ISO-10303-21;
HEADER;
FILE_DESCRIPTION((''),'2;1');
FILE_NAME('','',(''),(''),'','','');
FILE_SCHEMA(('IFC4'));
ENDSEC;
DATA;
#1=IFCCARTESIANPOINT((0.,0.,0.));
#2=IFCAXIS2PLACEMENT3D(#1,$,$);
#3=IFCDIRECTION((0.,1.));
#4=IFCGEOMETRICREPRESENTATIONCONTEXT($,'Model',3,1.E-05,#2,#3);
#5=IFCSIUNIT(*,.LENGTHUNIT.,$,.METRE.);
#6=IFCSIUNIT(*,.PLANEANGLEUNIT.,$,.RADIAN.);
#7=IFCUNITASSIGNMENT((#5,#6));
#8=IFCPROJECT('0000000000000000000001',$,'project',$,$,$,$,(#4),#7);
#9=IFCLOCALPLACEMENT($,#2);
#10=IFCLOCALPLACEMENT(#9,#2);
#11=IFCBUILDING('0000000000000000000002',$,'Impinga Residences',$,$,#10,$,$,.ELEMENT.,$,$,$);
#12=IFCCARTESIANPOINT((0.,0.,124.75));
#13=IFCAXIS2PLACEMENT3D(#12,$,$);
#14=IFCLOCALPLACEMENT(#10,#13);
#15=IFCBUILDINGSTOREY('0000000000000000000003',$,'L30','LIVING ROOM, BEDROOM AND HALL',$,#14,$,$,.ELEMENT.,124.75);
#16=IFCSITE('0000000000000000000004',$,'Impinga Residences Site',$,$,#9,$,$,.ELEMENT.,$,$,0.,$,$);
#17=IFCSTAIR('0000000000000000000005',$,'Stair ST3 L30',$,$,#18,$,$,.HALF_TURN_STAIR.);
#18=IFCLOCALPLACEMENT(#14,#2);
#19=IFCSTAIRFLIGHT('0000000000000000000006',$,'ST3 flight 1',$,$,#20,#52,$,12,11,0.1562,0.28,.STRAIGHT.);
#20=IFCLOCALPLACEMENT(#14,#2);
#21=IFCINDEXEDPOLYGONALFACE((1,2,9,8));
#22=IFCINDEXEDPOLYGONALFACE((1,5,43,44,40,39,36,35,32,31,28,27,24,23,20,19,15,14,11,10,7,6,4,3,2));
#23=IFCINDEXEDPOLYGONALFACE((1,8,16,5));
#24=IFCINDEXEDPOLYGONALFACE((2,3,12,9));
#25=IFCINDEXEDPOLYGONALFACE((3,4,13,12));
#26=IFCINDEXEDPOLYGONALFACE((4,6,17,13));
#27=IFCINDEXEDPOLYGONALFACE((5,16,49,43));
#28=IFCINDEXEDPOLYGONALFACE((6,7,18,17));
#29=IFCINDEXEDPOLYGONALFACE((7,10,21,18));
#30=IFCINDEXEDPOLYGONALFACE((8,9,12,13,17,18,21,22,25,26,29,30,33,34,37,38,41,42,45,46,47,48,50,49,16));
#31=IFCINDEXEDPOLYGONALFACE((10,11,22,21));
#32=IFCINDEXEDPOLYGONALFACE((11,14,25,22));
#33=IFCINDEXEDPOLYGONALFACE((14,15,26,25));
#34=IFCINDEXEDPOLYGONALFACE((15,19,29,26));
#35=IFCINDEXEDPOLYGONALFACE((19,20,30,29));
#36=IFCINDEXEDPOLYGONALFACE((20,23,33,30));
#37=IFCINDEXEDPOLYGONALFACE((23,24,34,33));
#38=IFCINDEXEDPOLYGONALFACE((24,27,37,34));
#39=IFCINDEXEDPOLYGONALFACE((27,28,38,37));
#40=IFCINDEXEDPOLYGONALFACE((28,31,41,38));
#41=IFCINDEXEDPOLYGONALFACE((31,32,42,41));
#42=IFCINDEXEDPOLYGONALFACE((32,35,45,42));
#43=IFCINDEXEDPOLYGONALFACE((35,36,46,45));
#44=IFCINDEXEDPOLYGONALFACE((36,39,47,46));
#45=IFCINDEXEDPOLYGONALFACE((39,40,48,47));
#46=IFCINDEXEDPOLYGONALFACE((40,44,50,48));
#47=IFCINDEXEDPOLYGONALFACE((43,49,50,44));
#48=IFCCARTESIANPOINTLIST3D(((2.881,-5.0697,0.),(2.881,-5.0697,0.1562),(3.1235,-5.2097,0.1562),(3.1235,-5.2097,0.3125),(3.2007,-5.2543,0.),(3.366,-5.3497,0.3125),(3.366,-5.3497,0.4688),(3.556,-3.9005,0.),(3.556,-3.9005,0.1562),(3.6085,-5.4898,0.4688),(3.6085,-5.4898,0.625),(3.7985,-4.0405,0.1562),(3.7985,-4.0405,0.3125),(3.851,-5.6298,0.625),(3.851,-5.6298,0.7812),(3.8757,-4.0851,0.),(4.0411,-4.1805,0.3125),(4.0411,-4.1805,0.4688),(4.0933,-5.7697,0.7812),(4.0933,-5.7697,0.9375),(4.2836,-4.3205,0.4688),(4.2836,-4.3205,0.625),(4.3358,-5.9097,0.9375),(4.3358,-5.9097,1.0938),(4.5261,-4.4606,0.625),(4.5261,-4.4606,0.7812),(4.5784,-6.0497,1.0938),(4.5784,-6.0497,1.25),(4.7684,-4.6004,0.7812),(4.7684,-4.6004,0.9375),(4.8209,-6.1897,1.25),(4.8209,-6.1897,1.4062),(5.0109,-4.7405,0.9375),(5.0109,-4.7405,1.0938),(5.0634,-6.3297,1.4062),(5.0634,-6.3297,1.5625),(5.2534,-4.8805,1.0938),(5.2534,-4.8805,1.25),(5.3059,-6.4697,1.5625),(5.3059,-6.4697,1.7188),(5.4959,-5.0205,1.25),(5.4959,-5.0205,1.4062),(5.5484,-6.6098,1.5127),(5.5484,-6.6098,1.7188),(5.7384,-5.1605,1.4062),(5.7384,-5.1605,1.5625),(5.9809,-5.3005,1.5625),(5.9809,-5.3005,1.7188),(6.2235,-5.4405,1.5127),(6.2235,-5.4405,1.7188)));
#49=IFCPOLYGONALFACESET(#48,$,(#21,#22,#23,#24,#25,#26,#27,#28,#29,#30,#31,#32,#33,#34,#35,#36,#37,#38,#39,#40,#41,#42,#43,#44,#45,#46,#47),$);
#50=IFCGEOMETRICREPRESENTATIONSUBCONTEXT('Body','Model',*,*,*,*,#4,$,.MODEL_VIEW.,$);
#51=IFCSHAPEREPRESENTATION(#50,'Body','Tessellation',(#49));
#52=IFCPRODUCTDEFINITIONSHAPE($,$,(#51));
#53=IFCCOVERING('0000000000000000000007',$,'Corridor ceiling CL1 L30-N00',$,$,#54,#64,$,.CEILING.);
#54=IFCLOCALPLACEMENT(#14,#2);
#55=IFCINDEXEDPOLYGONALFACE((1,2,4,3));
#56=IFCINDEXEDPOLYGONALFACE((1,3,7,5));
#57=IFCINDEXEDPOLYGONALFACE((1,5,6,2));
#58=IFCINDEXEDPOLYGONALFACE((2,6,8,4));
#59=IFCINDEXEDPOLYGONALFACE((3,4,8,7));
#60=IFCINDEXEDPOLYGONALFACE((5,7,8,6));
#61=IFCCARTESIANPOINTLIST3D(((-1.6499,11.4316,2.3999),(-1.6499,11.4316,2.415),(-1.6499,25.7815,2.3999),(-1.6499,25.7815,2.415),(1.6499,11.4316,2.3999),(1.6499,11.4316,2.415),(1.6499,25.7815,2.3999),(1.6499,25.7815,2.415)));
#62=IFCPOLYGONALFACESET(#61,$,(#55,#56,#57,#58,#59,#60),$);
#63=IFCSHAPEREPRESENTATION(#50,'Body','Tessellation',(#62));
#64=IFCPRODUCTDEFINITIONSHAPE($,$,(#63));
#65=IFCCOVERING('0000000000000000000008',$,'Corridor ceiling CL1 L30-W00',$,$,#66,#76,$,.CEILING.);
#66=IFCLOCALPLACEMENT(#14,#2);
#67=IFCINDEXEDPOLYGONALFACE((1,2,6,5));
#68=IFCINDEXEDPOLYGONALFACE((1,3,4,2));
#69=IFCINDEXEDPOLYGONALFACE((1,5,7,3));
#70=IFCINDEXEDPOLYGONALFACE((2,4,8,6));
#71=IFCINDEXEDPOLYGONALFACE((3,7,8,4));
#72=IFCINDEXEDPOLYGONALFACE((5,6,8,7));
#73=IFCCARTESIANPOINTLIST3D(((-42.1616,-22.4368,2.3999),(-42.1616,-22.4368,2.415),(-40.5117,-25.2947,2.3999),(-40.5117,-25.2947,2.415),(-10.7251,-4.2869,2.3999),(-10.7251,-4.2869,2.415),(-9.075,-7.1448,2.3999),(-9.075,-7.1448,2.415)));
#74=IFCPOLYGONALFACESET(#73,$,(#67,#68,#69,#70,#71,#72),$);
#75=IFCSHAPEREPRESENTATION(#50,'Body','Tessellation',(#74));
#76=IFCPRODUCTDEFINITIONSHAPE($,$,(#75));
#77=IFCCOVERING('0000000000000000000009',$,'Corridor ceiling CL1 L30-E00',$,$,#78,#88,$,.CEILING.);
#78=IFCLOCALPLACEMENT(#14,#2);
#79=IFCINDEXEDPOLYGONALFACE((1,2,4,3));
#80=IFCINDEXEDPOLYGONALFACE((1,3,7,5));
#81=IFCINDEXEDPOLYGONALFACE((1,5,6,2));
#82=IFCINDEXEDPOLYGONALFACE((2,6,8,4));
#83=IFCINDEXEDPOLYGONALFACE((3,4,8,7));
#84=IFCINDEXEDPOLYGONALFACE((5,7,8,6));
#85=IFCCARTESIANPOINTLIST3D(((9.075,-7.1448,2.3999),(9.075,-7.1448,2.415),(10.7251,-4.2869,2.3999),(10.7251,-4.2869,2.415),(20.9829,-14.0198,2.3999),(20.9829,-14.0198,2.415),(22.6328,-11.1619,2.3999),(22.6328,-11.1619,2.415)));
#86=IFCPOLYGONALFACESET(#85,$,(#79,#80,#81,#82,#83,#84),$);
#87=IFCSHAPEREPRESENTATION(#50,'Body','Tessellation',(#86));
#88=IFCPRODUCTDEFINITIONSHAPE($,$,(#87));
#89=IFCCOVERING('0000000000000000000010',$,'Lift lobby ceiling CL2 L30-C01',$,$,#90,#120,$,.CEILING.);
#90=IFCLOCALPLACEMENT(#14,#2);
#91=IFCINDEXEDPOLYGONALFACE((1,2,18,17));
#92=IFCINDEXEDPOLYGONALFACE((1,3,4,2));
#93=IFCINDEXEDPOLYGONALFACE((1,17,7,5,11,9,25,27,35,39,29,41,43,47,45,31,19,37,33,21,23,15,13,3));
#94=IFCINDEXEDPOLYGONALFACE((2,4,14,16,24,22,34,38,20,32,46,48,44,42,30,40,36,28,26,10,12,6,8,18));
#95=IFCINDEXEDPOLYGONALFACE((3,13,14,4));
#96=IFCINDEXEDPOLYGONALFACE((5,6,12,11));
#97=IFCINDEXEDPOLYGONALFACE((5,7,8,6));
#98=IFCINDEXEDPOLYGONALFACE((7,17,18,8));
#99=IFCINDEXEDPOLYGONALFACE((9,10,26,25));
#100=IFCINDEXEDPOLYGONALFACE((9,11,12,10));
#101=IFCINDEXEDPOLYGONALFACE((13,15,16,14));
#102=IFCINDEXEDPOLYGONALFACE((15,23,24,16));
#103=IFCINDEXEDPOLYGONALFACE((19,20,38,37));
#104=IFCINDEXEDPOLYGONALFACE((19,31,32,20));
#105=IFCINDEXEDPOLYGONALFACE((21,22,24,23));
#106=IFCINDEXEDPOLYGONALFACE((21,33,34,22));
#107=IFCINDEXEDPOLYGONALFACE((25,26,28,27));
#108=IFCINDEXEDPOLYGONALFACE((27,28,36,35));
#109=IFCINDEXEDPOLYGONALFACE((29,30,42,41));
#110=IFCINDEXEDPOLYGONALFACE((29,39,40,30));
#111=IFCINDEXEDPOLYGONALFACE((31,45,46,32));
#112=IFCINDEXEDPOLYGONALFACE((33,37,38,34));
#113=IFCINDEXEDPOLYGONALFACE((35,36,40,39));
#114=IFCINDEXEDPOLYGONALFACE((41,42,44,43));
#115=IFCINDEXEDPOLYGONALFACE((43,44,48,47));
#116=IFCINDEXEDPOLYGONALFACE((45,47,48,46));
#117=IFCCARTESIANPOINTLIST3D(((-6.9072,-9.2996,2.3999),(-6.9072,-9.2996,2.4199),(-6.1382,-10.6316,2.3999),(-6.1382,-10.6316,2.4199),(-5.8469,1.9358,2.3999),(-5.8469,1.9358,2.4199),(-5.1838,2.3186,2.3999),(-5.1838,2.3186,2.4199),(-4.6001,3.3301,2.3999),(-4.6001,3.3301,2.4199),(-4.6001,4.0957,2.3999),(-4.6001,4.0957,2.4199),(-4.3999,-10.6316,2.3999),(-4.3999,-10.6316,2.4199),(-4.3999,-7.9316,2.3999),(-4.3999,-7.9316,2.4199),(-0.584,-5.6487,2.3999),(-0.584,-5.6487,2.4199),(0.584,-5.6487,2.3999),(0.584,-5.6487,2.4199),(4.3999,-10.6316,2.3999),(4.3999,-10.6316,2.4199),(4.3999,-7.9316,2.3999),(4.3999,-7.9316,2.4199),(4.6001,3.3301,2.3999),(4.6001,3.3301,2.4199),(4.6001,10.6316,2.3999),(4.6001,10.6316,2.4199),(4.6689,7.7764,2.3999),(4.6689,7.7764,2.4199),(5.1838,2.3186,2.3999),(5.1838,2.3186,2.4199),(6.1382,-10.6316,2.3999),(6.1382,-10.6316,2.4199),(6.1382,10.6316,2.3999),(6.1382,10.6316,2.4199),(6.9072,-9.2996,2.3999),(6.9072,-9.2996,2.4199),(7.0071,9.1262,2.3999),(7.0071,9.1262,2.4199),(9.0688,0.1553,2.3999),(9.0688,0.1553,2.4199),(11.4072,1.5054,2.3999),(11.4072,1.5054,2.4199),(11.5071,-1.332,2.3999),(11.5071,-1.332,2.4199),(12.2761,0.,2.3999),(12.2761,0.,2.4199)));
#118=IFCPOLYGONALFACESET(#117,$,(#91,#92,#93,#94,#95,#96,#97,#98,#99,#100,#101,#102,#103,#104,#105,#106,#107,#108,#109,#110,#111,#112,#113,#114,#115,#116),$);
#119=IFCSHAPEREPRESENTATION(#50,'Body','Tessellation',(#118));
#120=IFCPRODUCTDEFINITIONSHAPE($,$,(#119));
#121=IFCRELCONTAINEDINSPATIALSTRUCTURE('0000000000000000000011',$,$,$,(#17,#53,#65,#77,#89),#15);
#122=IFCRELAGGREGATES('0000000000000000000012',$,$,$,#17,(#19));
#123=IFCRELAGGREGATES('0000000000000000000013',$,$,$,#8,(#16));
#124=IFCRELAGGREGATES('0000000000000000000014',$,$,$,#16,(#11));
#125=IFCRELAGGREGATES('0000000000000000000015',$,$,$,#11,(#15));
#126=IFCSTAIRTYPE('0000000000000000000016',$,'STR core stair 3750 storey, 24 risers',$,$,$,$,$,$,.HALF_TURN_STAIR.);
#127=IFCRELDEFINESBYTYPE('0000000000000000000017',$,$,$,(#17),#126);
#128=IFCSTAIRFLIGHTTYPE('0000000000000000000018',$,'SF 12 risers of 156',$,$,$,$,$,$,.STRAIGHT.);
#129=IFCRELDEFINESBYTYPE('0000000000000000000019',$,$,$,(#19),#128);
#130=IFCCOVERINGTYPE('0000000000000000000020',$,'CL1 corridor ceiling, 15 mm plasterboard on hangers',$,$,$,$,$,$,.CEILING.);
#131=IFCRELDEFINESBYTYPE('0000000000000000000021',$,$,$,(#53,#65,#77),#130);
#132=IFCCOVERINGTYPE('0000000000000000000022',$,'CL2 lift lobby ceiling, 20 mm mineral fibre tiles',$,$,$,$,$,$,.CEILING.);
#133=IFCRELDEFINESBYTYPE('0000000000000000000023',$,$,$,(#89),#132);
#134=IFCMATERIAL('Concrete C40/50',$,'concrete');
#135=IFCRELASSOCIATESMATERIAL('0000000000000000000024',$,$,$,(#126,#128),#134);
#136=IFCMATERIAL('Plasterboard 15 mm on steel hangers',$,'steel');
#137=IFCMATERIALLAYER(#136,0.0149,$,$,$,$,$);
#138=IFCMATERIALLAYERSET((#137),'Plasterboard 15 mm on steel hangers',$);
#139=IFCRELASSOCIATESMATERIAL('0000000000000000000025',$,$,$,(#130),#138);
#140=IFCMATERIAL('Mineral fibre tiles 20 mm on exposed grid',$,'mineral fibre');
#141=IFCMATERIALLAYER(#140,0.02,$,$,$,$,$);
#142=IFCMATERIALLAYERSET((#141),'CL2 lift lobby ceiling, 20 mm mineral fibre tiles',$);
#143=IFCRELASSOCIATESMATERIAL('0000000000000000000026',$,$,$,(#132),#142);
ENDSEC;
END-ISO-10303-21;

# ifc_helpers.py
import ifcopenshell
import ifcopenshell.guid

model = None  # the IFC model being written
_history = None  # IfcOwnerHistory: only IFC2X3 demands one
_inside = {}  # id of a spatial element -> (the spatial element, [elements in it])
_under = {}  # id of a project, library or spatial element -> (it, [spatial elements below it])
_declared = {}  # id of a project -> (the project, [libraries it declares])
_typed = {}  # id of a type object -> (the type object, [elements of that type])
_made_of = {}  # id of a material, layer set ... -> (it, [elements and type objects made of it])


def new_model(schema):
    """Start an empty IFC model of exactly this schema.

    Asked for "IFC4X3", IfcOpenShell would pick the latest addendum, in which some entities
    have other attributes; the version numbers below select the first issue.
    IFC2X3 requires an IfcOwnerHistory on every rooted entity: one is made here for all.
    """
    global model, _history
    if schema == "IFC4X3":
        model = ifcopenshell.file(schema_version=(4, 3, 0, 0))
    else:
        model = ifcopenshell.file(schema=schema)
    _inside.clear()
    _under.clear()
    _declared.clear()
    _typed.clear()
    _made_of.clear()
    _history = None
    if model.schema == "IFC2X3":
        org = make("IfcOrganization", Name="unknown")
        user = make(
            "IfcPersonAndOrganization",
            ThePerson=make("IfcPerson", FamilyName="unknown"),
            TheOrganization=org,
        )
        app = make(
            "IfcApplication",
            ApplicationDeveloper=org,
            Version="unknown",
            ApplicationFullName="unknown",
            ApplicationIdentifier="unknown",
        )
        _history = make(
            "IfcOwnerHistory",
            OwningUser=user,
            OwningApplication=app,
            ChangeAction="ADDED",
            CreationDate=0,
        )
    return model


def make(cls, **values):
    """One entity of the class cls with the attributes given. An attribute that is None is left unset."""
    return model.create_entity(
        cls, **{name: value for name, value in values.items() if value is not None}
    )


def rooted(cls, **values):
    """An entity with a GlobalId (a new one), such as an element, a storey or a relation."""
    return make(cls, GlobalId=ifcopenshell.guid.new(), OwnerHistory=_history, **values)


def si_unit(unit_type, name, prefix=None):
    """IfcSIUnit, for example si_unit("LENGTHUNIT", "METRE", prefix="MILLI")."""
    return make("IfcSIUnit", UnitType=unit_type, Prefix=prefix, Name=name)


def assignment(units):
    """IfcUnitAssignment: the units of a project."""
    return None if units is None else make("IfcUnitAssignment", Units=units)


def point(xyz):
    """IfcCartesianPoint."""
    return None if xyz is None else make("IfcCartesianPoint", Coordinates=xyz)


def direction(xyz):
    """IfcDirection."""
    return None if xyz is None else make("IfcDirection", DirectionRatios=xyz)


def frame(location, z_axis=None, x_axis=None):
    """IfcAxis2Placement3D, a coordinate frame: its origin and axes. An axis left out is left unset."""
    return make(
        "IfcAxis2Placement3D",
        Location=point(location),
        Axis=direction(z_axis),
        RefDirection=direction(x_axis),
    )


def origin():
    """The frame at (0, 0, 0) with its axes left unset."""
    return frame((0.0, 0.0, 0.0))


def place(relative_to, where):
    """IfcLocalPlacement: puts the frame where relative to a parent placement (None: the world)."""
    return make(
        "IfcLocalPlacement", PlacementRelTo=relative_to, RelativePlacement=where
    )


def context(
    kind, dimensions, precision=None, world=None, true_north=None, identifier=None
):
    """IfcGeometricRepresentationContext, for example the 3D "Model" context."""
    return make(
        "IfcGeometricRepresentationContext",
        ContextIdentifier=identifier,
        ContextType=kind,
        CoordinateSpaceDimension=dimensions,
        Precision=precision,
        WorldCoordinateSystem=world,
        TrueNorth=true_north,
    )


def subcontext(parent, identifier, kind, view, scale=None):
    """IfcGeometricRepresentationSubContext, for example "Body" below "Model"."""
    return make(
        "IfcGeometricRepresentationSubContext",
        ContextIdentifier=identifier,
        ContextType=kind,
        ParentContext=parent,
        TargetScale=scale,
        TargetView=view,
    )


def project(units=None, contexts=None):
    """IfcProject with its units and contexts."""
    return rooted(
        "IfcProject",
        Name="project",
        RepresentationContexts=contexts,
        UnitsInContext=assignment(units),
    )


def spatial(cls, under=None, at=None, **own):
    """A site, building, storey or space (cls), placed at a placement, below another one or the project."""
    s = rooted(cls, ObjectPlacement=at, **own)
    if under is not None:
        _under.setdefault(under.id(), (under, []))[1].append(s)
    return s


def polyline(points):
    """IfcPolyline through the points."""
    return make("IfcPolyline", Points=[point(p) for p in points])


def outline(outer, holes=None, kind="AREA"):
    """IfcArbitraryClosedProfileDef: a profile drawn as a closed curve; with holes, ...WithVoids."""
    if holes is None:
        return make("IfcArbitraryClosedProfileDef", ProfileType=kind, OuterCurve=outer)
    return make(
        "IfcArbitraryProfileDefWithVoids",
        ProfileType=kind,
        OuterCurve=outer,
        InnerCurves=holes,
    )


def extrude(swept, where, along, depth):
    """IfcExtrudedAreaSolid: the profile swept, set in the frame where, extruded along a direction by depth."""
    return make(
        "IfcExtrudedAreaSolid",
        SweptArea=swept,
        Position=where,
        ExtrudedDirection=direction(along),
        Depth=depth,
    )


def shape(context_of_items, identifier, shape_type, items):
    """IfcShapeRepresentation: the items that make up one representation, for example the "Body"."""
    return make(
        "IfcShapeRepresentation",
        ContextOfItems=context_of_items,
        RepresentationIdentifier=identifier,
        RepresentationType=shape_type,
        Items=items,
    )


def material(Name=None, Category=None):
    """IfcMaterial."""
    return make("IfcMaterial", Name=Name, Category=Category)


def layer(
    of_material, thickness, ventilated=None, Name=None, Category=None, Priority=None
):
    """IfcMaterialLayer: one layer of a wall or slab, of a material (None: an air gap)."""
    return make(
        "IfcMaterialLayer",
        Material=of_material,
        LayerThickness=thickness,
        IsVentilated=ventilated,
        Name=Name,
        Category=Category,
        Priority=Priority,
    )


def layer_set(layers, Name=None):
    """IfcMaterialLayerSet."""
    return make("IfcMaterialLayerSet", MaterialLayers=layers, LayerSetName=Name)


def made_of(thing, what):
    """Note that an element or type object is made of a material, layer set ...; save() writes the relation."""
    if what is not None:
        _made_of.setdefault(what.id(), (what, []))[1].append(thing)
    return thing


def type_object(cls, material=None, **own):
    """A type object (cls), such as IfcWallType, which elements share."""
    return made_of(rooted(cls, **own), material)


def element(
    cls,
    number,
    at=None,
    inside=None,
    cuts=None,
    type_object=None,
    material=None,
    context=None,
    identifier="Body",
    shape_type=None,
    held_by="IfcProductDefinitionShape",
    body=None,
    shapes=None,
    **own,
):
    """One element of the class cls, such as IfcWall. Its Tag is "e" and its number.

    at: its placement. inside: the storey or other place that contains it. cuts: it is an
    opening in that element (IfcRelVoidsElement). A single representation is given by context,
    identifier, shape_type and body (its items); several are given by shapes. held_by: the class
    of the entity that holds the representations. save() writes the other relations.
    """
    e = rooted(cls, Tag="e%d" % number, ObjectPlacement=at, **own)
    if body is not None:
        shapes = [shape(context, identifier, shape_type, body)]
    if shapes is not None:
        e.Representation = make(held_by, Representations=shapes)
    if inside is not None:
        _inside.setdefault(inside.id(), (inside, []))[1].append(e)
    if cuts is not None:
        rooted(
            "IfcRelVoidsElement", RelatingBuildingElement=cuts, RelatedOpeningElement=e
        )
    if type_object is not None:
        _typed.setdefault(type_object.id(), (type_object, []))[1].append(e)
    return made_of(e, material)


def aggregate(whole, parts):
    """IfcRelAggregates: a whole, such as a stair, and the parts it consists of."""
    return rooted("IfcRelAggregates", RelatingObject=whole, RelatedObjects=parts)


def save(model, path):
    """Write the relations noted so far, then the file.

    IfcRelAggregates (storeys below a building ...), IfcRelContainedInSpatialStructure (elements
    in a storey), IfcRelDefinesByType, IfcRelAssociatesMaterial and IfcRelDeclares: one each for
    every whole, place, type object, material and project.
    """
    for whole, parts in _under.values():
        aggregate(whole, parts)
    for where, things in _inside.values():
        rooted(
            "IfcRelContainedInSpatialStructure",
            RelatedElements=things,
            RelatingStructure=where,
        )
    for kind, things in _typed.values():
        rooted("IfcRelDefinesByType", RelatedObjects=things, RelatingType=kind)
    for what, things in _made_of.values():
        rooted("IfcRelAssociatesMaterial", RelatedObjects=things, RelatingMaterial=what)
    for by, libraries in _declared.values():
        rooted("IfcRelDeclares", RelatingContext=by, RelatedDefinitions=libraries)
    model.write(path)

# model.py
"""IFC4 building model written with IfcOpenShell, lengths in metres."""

from ifc_helpers import new_model, si_unit, direction, frame, origin, place, context, subcontext, project, spatial, polyline, outline, extrude, material, layer, layer_set, type_object, element, aggregate, save


model = new_model("IFC4")

# Units and contexts
model_context = context("Model", 3, precision=1e-05, world=origin(), true_north=direction((0.0, 1.0)))
body_context = subcontext(model_context, "Body", "Model", "MODEL_VIEW")
ifc_project = project(units=[si_unit("LENGTHUNIT", "METRE"), si_unit("PLANEANGLEUNIT", "RADIAN")], contexts=[model_context])

# Site, building, storey
site_placement = place(None, origin())
site = spatial("IfcSite", under=ifc_project, at=site_placement, Name="Impinga Residences Site", CompositionType="ELEMENT", RefElevation=0.0)
building_placement = place(site_placement, origin())
building = spatial("IfcBuilding", under=site, at=building_placement, Name="Impinga Residences", CompositionType="ELEMENT")
storey_placement = place(building_placement, frame((0.0, 0.0, 124.75)))
storey = spatial("IfcBuildingStorey", under=building, at=storey_placement, Name="L30", Description="LIVING ROOM, BEDROOM AND HALL", CompositionType="ELEMENT", Elevation=124.75)

# Shared definitions
ifc_material_1 = material(Name="Concrete C40/50", Category="concrete")

# Shared definitions
stair_type_1 = type_object("IfcStairType", Name="STR core stair 3750 storey, 24 risers", PredefinedType="HALF_TURN_STAIR", material=ifc_material_1)
stair_flight_type = type_object("IfcStairFlightType", Name="SF 12 risers of 156", PredefinedType="STRAIGHT", material=ifc_material_1)

# Stair, stair flight
stair_1_placement = place(storey_placement, origin())
stair_1 = element("IfcStair", 1, at=stair_1_placement, inside=storey, type_object=stair_type_1, Name="Stair ST3 L30", PredefinedType="HALF_TURN_STAIR")
stair_flight_1_placement = place(storey_placement, frame((3.2185, -4.4851, 0.0), z_axis=(0.0, 0.0, 1.0), x_axis=(0.866025, -0.5, 0.0)))
stair_flight_1 = element("IfcStairFlight", 2, at=stair_flight_1_placement, type_object=stair_flight_type, Name="ST3 flight 1", NumberOfRisers=12, NumberOfTreads=11, PredefinedType="STRAIGHT", RiserHeight=0.1562, TreadLength=0.28, context=body_context, shape_type="SweptSolid", body=[
    extrude(outline(polyline([(0.0, 0.0), (0.0, 0.1562), (0.28, 0.1562), (0.28, 0.3125), (0.5601, 0.3125), (0.5601, 0.4688), (0.8401, 0.4688), (0.8401, 0.625), (1.1201, 0.625), (1.1201, 0.7812), (1.3999, 0.7812), (1.3999, 0.9375), (1.6799, 0.9375), (1.6799, 1.0938), (1.96, 1.0938), (1.96, 1.25), (2.24, 1.25), (2.24, 1.4062), (2.52, 1.4062), (2.52, 1.5625), (2.8, 1.5625), (2.8, 1.7188), (3.0801, 1.7188), (3.0801, 1.875), (3.0801, 1.5127), (0.3691, 0.0), (0.0, 0.0)])), frame((0.0, 0.675, 0.0), z_axis=(0.0, -1.0, 0.0), x_axis=(1.0, 0.0, 0.0)), (0.0, 0.0, 1.0), 1.3501),
])
aggregate(stair_1, [stair_flight_1])

# Coverings
ifc_material_2 = material(Name="Plasterboard 15 mm on steel hangers", Category="steel")
ifc_layer_1 = layer(ifc_material_2, 0.0149)
ifc_layer_set_1 = layer_set([ifc_layer_1], Name="Plasterboard 15 mm on steel hangers")
covering_type_1 = type_object("IfcCoveringType", Name="CL1 corridor ceiling, 15 mm plasterboard on hangers", PredefinedType="CEILING", material=ifc_layer_set_1)
covering_1_placement = place(storey_placement, frame((0.0, 0.0, 2.3999)))
element("IfcCovering", 3, at=covering_1_placement, inside=storey, type_object=covering_type_1, Name="Corridor ceiling CL1 L30-N00", PredefinedType="CEILING", context=body_context, shape_type="SweptSolid", body=[
    extrude(outline(polyline([(-1.6499, 11.4316), (1.6499, 11.4316), (1.6499, 25.7815), (-1.6499, 25.7815), (-1.6499, 11.4316)])), origin(), (0.0, 0.0, 1.0), 0.0151),
])
covering_2_placement = place(storey_placement, frame((0.0, 0.0, 2.3999)))
element("IfcCovering", 4, at=covering_2_placement, inside=storey, type_object=covering_type_1, Name="Corridor ceiling CL1 L30-W00", PredefinedType="CEILING", context=body_context, shape_type="SweptSolid", body=[
    extrude(outline(polyline([(-9.075, -7.1448), (-10.7251, -4.2869), (-42.1616, -22.4368), (-40.5117, -25.2947), (-9.075, -7.1448)])), origin(), (0.0, 0.0, 1.0), 0.0151),
])
covering_3_placement = place(storey_placement, frame((0.0, 0.0, 2.3999)))
element("IfcCovering", 5, at=covering_3_placement, inside=storey, type_object=covering_type_1, Name="Corridor ceiling CL1 L30-E00", PredefinedType="CEILING", context=body_context, shape_type="SweptSolid", body=[
    extrude(outline(polyline([(10.7251, -4.2869), (9.075, -7.1448), (20.9829, -14.0198), (22.6328, -11.1619), (10.7251, -4.2869)])), origin(), (0.0, 0.0, 1.0), 0.0151),
])
ifc_material_3 = material(Name="Mineral fibre tiles 20 mm on exposed grid", Category="mineral fibre")
ifc_layer_2 = layer(ifc_material_3, 0.02)
ifc_layer_set_2 = layer_set([ifc_layer_2], Name="CL2 lift lobby ceiling, 20 mm mineral fibre tiles")
covering_type_2 = type_object("IfcCoveringType", Name="CL2 lift lobby ceiling, 20 mm mineral fibre tiles", PredefinedType="CEILING", material=ifc_layer_set_2)
covering_4_placement = place(storey_placement, frame((0.0, 0.0, 2.3999)))
element("IfcCovering", 6, at=covering_4_placement, inside=storey, type_object=covering_type_2, Name="Lift lobby ceiling CL2 L30-C01", PredefinedType="CEILING", context=body_context, shape_type="SweptSolid", body=[
    extrude(outline(polyline([(5.1838, 2.3186), (0.584, -5.6487), (6.9072, -9.2996), (6.1382, -10.6316), (4.3999, -10.6316), (4.3999, -7.9316), (-4.3999, -7.9316), (-4.3999, -10.6316), (-6.1382, -10.6316), (-6.9072, -9.2996), (-0.584, -5.6487), (-5.1838, 2.3186), (-5.8469, 1.9358), (-4.6001, 4.0957), (-4.6001, 3.3301), (4.6001, 3.3301), (4.6001, 10.6316), (6.1382, 10.6316), (7.0071, 9.1262), (4.6689, 7.7764), (9.0688, 0.1553), (11.4072, 1.5054), (12.2761, 0.0), (11.5071, -1.332), (5.1838, 2.3186)])), origin(), (0.0, 0.0, 1.0), 0.02),
])

save(model, "model.ifc")
